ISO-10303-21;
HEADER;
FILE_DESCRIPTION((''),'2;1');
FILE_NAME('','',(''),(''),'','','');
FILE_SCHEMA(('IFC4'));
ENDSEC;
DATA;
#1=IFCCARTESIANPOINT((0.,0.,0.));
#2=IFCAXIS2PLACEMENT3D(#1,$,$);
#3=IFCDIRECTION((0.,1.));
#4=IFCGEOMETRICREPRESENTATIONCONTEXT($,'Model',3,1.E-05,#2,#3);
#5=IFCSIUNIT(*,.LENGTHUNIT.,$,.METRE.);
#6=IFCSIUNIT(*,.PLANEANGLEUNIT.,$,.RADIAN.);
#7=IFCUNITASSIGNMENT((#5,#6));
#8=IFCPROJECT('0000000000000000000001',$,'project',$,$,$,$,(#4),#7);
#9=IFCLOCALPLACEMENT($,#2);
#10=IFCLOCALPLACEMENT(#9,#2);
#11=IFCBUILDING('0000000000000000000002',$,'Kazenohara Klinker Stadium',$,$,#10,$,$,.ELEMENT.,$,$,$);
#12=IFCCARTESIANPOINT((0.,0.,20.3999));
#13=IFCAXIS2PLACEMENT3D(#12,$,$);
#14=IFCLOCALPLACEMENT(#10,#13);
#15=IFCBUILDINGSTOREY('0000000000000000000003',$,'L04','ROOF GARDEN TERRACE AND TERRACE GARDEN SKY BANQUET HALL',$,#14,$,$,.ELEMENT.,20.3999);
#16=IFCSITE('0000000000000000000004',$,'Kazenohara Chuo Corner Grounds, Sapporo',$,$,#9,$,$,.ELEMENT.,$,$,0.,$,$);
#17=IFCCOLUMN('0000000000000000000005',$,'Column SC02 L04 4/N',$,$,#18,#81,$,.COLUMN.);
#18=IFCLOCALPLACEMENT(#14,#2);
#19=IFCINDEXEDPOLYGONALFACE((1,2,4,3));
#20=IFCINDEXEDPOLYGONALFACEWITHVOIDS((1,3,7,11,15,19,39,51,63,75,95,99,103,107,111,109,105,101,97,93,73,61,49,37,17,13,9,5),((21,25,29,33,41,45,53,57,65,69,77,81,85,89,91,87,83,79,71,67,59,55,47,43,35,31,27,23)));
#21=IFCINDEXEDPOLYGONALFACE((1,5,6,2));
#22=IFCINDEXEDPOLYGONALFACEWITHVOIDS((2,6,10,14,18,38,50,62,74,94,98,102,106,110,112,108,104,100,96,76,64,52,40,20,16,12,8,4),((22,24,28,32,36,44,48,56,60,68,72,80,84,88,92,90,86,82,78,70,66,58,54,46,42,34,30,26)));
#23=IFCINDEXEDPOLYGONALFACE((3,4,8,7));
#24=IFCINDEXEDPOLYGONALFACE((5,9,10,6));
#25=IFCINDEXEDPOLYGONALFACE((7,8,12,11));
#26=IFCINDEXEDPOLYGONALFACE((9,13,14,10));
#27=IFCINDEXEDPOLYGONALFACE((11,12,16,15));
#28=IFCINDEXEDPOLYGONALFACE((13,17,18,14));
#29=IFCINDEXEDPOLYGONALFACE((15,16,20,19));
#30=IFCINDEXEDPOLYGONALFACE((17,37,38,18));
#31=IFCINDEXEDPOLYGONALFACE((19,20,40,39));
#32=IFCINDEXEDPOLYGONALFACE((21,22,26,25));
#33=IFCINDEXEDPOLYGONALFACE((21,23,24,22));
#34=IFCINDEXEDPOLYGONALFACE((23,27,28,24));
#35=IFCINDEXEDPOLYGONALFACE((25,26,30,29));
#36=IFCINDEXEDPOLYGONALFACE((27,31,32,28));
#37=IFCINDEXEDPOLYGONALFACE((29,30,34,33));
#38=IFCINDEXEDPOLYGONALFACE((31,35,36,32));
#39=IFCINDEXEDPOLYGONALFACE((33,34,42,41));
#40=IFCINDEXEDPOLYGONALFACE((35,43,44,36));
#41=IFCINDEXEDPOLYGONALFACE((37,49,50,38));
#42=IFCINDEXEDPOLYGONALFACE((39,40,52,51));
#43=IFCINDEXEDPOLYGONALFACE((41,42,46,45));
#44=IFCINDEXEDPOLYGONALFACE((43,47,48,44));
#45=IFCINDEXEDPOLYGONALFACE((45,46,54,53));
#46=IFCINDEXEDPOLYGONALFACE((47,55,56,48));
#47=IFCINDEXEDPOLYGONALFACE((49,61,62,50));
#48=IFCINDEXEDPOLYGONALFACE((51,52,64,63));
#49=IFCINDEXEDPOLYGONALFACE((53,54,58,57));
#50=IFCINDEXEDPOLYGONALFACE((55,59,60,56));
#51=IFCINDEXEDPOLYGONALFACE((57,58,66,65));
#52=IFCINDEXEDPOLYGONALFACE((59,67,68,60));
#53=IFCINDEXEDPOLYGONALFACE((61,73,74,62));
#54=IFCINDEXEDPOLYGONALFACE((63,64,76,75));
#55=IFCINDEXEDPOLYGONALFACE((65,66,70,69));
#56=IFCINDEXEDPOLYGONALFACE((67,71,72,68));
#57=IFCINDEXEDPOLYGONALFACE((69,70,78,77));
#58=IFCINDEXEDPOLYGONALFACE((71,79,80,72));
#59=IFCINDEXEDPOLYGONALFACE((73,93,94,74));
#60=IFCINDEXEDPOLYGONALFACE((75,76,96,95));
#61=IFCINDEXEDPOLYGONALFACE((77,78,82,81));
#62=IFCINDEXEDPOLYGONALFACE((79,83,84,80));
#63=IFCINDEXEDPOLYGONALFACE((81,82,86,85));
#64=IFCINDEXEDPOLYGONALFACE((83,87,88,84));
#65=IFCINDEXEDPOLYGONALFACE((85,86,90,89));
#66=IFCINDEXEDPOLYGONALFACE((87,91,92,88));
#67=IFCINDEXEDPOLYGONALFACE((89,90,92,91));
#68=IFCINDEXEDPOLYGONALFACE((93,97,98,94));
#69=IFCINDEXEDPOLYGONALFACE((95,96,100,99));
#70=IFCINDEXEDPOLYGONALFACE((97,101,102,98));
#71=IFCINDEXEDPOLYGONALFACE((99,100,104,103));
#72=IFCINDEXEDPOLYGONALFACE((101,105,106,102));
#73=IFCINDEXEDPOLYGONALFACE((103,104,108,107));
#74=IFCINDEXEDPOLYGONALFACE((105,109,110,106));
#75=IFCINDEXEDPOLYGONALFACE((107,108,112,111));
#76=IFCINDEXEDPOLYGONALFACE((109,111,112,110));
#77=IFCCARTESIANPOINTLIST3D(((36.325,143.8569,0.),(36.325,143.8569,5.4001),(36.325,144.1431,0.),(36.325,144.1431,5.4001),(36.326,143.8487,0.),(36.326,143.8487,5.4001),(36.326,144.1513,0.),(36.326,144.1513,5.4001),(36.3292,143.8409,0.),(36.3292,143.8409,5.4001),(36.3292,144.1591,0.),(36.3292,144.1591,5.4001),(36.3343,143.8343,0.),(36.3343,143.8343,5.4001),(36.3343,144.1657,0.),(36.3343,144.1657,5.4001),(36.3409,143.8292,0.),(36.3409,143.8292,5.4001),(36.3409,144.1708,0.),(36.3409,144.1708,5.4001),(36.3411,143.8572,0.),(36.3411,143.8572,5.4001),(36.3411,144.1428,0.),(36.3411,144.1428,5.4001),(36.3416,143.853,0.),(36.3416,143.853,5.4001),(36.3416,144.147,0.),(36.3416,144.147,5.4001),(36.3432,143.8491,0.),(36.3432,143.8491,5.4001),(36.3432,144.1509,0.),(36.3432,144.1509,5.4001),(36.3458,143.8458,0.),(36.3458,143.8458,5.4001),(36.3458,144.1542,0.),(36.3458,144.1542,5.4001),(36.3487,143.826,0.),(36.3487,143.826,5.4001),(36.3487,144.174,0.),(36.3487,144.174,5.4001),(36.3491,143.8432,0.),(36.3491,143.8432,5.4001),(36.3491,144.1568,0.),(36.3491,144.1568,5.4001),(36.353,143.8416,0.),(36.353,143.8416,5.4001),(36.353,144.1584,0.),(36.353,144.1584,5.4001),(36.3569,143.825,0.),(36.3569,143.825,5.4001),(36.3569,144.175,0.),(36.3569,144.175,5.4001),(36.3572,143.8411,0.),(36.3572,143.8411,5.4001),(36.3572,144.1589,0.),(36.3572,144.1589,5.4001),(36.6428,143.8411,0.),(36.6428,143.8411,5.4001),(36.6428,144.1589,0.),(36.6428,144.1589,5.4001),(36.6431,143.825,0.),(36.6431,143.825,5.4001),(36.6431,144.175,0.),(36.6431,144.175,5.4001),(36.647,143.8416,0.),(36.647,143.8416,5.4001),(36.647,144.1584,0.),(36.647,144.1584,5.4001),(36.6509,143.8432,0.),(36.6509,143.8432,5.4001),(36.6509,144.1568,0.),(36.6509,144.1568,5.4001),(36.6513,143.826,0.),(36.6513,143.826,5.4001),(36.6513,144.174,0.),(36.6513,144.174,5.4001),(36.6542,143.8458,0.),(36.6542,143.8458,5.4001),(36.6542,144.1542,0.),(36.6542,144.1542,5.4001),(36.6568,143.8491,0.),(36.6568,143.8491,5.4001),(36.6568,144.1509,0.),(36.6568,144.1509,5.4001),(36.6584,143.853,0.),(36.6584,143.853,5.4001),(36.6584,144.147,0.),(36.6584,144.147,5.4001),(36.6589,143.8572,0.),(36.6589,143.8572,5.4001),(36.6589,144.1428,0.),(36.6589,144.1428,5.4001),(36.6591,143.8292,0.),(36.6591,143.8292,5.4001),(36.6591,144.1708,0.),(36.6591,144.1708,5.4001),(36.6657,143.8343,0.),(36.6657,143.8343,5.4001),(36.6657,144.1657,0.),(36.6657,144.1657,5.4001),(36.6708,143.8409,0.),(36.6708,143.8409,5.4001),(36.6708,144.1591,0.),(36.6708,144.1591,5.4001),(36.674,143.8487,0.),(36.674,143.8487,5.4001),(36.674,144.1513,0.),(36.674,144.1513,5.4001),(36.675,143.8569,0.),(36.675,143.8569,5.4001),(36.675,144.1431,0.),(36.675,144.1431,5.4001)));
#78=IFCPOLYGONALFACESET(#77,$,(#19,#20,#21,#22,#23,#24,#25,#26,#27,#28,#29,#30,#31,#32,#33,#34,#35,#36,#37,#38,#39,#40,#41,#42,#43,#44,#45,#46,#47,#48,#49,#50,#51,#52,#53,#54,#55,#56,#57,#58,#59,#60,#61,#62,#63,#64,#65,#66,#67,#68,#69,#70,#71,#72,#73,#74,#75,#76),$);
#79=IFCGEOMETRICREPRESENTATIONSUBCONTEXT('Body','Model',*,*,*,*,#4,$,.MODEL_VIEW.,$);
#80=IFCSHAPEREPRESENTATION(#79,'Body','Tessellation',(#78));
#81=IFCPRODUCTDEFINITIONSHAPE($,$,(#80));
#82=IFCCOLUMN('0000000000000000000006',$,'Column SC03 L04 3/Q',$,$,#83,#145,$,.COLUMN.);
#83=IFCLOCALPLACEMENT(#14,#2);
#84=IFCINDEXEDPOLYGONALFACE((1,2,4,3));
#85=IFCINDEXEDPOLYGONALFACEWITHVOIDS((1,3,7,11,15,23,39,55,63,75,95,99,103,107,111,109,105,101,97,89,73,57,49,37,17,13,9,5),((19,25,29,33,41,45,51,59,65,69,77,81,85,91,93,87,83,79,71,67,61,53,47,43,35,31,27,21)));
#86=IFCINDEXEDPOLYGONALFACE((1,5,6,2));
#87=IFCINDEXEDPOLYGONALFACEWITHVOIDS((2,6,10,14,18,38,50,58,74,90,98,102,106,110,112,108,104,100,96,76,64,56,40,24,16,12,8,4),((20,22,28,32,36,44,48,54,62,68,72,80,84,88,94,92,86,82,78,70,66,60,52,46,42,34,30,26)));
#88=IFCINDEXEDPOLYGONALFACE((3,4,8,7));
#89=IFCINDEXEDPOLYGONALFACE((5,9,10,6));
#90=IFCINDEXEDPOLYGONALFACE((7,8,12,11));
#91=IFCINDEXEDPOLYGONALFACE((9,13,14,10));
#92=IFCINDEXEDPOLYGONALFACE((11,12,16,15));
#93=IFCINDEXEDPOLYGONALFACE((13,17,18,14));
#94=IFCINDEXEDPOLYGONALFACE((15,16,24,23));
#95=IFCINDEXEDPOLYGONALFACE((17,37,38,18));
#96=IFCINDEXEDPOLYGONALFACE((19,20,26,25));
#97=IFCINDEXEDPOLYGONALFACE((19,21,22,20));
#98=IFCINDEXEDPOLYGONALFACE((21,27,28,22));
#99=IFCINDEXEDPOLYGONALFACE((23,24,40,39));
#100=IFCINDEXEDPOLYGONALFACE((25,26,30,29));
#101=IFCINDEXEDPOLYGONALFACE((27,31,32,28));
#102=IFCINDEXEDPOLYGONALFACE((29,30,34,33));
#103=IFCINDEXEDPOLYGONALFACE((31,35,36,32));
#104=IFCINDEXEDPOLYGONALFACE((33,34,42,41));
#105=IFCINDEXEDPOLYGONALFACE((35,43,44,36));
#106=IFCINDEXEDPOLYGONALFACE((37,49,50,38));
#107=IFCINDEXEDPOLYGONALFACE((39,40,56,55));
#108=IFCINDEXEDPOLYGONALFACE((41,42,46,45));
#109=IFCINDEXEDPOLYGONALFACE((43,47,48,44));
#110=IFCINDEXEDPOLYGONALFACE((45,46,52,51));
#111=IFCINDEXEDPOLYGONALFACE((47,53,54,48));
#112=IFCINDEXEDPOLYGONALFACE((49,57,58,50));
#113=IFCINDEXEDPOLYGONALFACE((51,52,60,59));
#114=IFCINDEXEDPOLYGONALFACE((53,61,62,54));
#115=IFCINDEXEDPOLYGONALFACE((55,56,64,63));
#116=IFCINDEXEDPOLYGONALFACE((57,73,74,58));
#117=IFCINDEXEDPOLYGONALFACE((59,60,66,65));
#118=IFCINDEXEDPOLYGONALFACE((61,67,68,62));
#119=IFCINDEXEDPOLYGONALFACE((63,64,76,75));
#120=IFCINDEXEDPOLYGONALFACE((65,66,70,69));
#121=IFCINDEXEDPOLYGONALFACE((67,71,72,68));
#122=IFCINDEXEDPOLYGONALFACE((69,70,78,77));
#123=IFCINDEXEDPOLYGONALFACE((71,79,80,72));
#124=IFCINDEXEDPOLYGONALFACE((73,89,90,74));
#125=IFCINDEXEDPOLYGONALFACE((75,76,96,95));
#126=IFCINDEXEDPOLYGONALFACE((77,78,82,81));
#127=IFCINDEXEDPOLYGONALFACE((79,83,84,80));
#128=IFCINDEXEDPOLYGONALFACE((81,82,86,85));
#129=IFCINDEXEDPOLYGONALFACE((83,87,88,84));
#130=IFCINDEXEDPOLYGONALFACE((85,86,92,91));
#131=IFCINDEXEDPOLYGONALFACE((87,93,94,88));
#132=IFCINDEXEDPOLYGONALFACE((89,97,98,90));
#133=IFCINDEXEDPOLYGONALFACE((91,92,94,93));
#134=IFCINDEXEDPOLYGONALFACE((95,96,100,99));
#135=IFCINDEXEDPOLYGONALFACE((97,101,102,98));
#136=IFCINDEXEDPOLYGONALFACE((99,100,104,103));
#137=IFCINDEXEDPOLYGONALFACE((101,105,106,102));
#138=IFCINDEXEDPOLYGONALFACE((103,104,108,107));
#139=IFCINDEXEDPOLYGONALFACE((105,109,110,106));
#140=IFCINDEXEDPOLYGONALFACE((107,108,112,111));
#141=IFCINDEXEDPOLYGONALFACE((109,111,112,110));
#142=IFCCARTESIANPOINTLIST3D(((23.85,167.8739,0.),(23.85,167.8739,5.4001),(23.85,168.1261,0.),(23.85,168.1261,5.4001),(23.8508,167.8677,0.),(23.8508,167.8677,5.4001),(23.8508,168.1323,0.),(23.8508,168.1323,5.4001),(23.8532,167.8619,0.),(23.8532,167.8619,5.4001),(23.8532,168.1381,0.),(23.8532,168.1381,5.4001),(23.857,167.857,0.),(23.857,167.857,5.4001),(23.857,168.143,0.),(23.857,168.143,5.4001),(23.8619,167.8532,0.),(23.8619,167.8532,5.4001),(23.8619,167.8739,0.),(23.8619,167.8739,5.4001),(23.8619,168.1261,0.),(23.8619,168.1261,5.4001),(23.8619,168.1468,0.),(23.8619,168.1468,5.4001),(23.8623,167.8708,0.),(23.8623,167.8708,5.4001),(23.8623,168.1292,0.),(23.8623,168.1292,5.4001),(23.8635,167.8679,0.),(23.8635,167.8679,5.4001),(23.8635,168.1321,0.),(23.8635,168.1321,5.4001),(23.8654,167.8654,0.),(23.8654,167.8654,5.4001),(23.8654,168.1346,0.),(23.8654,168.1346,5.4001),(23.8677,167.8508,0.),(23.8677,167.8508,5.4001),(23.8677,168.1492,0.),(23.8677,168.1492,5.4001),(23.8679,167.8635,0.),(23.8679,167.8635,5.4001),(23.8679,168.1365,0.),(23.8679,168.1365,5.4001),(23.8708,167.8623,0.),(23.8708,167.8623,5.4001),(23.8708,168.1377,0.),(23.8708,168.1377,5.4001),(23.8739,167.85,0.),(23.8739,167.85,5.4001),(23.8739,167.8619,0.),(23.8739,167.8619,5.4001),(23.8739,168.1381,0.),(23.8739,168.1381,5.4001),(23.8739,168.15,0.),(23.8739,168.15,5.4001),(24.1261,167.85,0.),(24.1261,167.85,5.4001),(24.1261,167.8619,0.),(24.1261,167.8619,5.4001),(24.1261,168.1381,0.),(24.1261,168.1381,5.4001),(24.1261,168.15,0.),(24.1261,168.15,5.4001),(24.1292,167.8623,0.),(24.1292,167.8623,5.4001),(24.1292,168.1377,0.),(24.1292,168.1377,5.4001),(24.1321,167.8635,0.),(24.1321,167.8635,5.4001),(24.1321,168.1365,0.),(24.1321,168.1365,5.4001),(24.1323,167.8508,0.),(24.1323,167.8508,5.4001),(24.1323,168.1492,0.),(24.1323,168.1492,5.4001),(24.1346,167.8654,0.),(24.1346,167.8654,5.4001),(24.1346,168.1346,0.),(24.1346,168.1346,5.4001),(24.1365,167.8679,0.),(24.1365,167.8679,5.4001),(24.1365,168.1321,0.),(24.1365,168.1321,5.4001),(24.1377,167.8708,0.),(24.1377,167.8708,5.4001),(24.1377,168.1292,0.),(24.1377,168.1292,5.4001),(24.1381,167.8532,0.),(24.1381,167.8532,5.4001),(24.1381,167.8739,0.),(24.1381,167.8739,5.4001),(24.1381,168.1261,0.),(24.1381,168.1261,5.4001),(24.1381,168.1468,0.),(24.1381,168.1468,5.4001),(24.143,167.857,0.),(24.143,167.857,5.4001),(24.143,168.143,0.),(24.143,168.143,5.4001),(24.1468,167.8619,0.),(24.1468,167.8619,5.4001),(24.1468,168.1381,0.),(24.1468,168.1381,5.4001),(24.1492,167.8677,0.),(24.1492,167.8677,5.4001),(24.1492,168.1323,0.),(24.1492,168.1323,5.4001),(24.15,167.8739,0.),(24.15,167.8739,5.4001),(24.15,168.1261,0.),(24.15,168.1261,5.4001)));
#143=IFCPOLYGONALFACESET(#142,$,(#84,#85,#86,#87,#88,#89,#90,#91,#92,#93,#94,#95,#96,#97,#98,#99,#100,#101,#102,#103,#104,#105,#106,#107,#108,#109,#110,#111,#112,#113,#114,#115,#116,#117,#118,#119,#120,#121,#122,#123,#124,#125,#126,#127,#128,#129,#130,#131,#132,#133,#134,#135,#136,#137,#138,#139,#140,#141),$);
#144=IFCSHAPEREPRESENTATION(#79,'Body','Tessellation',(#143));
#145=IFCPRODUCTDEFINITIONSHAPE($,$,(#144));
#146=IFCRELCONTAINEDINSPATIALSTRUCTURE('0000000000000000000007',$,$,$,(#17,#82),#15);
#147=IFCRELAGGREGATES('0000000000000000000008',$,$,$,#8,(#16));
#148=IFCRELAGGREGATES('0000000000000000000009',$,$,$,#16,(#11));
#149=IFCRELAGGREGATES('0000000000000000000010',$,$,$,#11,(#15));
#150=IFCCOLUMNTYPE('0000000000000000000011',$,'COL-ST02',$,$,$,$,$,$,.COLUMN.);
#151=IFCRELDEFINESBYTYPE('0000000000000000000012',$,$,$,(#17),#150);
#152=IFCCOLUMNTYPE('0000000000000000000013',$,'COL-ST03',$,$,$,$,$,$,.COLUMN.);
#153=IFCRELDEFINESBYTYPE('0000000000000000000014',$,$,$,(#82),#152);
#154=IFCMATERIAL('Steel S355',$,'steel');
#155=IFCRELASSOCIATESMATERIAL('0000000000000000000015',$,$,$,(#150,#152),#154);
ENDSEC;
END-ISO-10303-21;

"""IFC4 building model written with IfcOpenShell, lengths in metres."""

from ifc_helpers import new_model, si_unit, direction, frame, origin, origin_2d, place, context, subcontext, project, spatial, hollow_rectangle, extrude, material, material_profile, profile_set, type_object, element, save


model = new_model("IFC4")

# Units and contexts
model_context = context("Model", 3, precision=1e-05, world=origin(), true_north=direction((0.0, 1.0)))
body_context = subcontext(model_context, "Body", "Model", "MODEL_VIEW")
ifc_project = project(units=[si_unit("LENGTHUNIT", "METRE"), si_unit("PLANEANGLEUNIT", "RADIAN")], contexts=[model_context])

# Site, building, storey
site_placement = place(None, origin())
site = spatial("IfcSite", under=ifc_project, at=site_placement, Name="Kazenohara Chuo Corner Grounds, Sapporo", CompositionType="ELEMENT", RefElevation=0.0)
building_placement = place(site_placement, origin())
building = spatial("IfcBuilding", under=site, at=building_placement, Name="Kazenohara Klinker Stadium", CompositionType="ELEMENT")
storey_placement = place(building_placement, frame((0.0, 0.0, 20.3999)))
storey = spatial("IfcBuildingStorey", under=building, at=storey_placement, Name="L04", Description="ROOF GARDEN TERRACE AND TERRACE GARDEN SKY BANQUET HALL", CompositionType="ELEMENT", Elevation=20.3999)

# Columns
ifc_material_1 = material(Name="Steel S355", Category="steel")
ifc_material_profile_1 = material_profile(ifc_material_1, hollow_rectangle(XDim=0.3501, YDim=0.3501, WallThickness=0.0161, InnerFilletRadius=0.0161, OuterFilletRadius=0.032, at=origin_2d()), Name="SHS-350x350x16")
ifc_profile_set_1 = profile_set([ifc_material_profile_1], Name="Steel S355")
column_type_1 = type_object("IfcColumnType", Name="COL-ST02", PredefinedType="COLUMN", material=ifc_profile_set_1)
column_1_placement = place(storey_placement, frame((36.5, 144.0, 0.0), z_axis=(0.0, 0.0, 1.0), x_axis=(1.0, 0.0, 0.0)))
element("IfcColumn", 1, at=column_1_placement, inside=storey, type_object=column_type_1, Name="Column SC02 L04 4/N", PredefinedType="COLUMN", context=body_context, shape_type="SweptSolid", body=[
    extrude(hollow_rectangle(XDim=0.3501, YDim=0.3501, WallThickness=0.0161, InnerFilletRadius=0.0161, OuterFilletRadius=0.032, at=origin_2d()), origin(), (0.0, 0.0, 1.0), 5.4001),
])
ifc_material_profile_2 = material_profile(ifc_material_1, hollow_rectangle(XDim=0.3, YDim=0.3, WallThickness=0.012, InnerFilletRadius=0.012, OuterFilletRadius=0.0239, at=origin_2d()), Name="SHS-300x300x12")
ifc_profile_set_2 = profile_set([ifc_material_profile_2], Name="Steel S355")
column_type_2 = type_object("IfcColumnType", Name="COL-ST03", PredefinedType="COLUMN", material=ifc_profile_set_2)
for number, where, z_axis, x_axis, name in (
    (2, (24.0, 168.0, 0.0), (0.0, 0.0, 1.0), (1.0, 0.0, 0.0), "Column SC03 L04 3/Q"),
):
    element("IfcColumn", number, at=place(storey_placement, frame(where, z_axis=z_axis, x_axis=x_axis)), inside=storey, type_object=column_type_2, Name=name, PredefinedType="COLUMN", context=body_context, shape_type="SweptSolid", body=[
        extrude(hollow_rectangle(XDim=0.3, YDim=0.3, WallThickness=0.012, InnerFilletRadius=0.012, OuterFilletRadius=0.0239, at=origin_2d()), origin(), (0.0, 0.0, 1.0), 5.4001),
    ])

save(model, "model.ifc")
